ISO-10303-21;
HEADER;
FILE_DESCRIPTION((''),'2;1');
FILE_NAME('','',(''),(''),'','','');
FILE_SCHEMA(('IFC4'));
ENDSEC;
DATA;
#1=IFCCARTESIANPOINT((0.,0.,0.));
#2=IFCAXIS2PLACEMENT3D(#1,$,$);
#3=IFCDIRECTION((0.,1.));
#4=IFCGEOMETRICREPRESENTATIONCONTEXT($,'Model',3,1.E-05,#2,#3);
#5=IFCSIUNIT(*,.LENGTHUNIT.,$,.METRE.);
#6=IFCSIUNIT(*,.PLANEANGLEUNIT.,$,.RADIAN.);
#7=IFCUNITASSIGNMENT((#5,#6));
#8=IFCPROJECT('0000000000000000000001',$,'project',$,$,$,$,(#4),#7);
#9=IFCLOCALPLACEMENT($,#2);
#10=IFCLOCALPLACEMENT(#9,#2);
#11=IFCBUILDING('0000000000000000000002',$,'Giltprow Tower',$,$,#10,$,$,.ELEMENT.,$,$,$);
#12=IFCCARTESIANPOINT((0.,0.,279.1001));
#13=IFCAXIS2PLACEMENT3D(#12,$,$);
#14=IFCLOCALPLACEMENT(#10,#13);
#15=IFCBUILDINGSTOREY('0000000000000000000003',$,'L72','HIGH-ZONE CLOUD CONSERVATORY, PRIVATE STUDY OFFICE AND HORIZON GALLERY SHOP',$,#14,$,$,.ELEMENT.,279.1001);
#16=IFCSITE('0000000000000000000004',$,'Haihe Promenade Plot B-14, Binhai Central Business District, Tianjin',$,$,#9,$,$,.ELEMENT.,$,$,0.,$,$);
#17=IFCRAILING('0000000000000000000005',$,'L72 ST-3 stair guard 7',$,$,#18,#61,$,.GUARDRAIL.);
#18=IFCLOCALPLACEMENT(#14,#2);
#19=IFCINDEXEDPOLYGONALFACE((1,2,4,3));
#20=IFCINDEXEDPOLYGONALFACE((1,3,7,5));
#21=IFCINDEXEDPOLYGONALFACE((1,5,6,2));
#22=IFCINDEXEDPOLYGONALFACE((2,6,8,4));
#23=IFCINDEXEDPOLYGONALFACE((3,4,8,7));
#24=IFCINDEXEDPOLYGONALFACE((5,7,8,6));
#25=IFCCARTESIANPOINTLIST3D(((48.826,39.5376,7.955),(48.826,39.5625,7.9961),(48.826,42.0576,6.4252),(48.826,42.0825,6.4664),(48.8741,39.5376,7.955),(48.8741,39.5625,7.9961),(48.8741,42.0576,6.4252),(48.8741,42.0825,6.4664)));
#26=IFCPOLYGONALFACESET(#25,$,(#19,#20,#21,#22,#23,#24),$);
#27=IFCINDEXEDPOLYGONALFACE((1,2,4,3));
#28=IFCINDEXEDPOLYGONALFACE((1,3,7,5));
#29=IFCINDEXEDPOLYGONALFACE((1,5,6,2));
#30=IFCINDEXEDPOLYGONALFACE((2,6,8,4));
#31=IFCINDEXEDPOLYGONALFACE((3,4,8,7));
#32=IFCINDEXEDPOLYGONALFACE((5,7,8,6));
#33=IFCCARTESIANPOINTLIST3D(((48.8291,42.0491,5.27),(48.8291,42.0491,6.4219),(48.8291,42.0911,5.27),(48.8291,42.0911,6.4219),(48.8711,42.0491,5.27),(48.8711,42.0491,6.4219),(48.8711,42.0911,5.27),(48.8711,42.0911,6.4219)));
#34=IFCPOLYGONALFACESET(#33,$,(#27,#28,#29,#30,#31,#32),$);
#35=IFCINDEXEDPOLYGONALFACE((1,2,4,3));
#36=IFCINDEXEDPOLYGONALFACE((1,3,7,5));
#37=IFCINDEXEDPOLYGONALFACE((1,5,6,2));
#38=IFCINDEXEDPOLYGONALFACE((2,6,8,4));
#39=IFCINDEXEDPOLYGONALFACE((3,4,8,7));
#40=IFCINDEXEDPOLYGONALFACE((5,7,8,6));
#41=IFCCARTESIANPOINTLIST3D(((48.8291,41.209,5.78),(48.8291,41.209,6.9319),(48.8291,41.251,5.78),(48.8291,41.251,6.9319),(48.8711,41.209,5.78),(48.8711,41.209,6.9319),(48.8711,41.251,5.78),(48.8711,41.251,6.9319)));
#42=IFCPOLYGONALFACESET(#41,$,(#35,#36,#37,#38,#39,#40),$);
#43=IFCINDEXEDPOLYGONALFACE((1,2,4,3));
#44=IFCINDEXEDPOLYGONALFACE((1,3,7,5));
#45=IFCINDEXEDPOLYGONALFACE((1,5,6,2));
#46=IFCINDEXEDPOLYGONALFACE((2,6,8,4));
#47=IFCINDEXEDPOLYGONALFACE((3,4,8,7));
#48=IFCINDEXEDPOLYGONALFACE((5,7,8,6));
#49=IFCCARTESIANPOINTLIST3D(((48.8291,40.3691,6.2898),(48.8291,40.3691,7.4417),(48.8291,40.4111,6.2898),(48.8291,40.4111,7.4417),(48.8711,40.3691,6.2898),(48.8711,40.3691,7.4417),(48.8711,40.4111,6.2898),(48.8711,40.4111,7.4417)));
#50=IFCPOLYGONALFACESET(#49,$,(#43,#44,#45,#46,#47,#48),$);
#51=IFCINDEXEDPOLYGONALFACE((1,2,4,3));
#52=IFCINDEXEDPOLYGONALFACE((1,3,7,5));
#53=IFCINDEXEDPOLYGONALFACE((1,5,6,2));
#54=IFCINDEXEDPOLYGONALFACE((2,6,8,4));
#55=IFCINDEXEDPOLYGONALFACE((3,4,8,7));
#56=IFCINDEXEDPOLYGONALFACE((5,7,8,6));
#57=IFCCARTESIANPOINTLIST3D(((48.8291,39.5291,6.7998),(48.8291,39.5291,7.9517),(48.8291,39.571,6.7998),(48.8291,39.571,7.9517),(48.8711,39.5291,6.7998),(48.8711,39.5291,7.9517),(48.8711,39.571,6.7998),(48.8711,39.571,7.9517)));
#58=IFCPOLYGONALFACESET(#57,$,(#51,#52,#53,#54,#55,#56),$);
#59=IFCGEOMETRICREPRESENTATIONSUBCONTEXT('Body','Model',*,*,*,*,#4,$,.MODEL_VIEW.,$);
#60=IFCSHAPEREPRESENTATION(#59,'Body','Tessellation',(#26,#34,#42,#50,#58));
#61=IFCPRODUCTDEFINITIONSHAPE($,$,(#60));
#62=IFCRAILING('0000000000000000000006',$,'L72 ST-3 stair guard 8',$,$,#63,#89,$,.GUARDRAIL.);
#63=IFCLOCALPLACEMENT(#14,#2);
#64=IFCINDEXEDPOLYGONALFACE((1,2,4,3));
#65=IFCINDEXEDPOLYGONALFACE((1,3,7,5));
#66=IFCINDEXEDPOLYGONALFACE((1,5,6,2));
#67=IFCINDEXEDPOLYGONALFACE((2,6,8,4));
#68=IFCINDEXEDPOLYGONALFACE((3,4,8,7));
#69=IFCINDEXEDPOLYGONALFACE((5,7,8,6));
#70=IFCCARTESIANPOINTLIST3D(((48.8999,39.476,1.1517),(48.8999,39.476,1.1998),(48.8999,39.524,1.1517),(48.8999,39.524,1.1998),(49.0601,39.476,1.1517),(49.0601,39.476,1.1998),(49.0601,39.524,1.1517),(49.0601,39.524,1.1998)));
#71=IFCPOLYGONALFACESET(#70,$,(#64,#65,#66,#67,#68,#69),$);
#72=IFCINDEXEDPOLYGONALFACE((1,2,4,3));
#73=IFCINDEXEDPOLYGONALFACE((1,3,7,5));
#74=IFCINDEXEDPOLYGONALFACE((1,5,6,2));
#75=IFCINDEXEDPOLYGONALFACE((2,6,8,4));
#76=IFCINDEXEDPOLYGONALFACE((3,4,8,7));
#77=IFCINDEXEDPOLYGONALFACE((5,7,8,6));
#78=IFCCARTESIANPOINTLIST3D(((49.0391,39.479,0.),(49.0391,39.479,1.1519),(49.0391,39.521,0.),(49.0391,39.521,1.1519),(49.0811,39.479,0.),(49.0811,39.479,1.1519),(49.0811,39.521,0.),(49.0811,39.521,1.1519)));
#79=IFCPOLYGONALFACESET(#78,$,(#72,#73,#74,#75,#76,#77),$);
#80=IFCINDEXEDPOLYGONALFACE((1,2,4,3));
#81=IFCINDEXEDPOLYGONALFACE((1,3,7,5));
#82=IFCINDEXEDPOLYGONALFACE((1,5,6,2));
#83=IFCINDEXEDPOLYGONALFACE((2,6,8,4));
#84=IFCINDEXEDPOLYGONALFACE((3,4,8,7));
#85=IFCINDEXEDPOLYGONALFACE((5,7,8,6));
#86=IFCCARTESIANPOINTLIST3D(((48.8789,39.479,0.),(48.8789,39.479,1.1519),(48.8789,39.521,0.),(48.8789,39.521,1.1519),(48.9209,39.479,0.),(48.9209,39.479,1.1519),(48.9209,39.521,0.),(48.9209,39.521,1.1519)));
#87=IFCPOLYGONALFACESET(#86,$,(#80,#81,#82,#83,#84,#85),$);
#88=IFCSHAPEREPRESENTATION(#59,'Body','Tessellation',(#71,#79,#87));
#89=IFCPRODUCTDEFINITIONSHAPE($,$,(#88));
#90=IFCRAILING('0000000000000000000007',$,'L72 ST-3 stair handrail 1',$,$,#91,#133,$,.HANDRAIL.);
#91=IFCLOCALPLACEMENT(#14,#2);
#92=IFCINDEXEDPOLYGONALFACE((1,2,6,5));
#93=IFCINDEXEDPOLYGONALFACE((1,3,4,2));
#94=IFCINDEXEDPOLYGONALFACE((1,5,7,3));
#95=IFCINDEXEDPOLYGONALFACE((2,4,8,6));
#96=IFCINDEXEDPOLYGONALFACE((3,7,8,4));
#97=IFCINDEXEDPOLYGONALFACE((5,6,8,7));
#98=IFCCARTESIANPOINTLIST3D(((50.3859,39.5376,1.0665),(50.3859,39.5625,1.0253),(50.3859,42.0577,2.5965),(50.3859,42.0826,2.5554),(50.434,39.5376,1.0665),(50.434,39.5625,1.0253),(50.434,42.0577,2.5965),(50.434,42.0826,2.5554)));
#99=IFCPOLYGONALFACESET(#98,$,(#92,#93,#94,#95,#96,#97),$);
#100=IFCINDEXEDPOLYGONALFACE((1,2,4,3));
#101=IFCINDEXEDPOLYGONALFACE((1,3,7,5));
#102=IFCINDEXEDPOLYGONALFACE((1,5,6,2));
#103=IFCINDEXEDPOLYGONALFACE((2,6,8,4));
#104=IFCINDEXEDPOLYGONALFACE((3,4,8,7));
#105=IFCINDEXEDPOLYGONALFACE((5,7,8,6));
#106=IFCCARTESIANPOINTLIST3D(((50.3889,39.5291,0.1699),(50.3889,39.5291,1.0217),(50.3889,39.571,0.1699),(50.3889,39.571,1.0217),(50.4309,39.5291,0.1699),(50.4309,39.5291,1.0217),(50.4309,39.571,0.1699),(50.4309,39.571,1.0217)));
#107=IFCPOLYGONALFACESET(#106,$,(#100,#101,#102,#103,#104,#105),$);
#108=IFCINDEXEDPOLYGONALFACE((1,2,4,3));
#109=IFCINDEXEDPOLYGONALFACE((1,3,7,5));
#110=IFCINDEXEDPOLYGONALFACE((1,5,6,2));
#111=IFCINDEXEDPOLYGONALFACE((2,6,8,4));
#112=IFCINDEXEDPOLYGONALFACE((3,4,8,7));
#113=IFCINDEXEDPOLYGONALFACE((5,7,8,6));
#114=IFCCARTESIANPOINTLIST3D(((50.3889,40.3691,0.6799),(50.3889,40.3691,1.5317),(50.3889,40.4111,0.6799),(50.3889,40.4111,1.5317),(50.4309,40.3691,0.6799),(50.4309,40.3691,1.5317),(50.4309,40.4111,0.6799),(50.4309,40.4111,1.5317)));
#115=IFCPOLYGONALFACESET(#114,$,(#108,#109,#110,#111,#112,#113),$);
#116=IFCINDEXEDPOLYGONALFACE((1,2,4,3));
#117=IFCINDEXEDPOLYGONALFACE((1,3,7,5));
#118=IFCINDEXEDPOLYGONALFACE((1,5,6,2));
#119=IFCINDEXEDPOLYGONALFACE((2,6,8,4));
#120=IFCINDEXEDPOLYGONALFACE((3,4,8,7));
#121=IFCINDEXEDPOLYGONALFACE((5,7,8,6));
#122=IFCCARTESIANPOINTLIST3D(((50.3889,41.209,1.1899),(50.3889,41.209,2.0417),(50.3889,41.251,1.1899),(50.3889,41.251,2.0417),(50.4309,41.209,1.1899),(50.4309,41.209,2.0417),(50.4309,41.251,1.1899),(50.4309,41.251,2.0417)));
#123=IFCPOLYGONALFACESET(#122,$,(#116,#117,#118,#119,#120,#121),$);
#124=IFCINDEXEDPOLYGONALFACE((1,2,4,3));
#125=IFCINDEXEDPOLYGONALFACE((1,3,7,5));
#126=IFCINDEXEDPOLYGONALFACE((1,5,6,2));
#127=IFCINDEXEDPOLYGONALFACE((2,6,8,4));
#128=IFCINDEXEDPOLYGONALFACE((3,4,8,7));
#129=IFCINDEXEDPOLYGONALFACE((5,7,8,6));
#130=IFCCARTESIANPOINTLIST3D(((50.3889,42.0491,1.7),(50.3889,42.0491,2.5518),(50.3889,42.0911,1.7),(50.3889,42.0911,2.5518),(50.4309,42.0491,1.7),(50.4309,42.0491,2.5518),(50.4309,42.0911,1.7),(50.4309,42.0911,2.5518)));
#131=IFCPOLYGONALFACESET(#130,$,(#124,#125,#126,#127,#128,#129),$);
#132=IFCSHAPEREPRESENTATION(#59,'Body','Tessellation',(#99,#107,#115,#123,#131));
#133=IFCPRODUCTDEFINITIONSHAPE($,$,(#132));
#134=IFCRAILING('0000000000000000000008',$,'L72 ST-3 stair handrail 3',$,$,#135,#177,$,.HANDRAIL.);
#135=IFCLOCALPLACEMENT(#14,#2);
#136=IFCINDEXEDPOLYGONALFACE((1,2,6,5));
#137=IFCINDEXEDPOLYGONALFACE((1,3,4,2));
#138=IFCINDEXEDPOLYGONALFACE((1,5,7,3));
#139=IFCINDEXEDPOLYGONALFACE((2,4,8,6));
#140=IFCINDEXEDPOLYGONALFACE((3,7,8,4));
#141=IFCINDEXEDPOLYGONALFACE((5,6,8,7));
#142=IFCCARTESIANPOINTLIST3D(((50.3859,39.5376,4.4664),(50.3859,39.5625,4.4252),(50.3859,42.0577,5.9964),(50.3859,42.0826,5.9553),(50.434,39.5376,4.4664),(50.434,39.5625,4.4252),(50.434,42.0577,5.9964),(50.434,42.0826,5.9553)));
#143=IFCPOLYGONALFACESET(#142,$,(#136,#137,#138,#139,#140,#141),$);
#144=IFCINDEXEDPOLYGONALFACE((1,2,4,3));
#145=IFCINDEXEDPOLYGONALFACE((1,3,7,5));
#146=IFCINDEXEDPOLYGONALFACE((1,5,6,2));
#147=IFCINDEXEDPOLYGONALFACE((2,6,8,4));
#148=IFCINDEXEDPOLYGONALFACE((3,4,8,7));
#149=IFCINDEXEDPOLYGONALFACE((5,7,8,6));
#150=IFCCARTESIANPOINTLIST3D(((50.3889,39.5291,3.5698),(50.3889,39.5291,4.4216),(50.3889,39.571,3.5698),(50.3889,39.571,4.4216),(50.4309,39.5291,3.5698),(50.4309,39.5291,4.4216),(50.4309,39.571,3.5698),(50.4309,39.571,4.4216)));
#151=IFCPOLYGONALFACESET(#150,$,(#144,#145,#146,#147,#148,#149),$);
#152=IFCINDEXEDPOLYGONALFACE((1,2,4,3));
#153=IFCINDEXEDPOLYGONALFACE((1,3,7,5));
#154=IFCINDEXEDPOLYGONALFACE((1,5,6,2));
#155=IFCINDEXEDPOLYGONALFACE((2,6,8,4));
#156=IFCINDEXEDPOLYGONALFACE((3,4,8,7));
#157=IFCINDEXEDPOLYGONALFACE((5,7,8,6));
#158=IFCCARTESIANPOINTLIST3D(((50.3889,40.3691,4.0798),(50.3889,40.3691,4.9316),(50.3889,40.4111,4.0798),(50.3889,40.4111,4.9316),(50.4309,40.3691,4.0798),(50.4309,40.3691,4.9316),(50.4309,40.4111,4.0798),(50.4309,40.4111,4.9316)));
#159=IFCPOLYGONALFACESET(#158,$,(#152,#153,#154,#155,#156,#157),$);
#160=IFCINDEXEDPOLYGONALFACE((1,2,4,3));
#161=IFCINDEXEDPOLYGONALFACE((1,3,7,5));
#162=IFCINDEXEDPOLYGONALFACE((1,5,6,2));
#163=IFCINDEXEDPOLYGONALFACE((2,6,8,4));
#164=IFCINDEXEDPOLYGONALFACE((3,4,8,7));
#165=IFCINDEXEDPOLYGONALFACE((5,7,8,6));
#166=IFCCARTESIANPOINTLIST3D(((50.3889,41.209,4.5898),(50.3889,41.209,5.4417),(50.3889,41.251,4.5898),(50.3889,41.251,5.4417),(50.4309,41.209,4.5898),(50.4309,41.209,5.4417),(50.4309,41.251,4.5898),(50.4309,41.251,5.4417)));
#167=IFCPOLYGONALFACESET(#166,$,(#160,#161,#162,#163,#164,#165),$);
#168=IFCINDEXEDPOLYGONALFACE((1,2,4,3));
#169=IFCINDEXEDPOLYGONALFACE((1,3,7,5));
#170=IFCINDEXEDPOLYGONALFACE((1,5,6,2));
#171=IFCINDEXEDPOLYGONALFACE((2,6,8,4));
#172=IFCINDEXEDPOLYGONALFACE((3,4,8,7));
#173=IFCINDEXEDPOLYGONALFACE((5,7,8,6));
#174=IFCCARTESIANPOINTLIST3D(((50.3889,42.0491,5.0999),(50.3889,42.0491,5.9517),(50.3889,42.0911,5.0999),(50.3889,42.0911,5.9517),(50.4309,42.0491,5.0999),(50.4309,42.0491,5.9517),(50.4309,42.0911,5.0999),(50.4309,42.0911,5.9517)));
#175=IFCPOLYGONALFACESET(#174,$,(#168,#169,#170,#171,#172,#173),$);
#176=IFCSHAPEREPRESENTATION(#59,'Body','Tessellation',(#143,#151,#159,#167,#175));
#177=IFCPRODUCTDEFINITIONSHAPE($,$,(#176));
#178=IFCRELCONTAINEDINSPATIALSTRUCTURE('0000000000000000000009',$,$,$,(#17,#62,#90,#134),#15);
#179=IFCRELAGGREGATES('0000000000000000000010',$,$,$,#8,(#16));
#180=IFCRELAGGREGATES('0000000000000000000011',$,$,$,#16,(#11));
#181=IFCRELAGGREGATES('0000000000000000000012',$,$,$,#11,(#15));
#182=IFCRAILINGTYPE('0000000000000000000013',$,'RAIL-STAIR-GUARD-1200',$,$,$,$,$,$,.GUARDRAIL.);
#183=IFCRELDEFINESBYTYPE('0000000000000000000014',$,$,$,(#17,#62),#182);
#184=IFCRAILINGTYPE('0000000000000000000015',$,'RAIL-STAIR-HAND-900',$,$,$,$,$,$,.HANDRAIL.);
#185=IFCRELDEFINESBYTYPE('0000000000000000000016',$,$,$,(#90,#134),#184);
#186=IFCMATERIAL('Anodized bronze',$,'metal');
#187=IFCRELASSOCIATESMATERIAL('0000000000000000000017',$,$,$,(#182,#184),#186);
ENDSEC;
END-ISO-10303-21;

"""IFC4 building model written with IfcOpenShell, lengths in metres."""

from ifc_helpers import new_model, si_unit, direction, frame, origin, origin_2d, place, context, subcontext, project, spatial, rectangle, extrude, material, type_object, element, save


model = new_model("IFC4")

# Units and contexts
model_context = context("Model", 3, precision=1e-05, world=origin(), true_north=direction((0.0, 1.0)))
body_context = subcontext(model_context, "Body", "Model", "MODEL_VIEW")
ifc_project = project(units=[si_unit("LENGTHUNIT", "METRE"), si_unit("PLANEANGLEUNIT", "RADIAN")], contexts=[model_context])

# Site, building, storey
site_placement = place(None, origin())
site = spatial("IfcSite", under=ifc_project, at=site_placement, Name="Haihe Promenade Plot B-14, Binhai Central Business District, Tianjin", CompositionType="ELEMENT", RefElevation=0.0)
building_placement = place(site_placement, origin())
building = spatial("IfcBuilding", under=site, at=building_placement, Name="Giltprow Tower", CompositionType="ELEMENT")
storey_placement = place(building_placement, frame((0.0, 0.0, 279.1001)))
storey = spatial("IfcBuildingStorey", under=building, at=storey_placement, Name="L72", Description="HIGH-ZONE CLOUD CONSERVATORY, PRIVATE STUDY OFFICE AND HORIZON GALLERY SHOP", CompositionType="ELEMENT", Elevation=279.1001)

# Railings
ifc_material_1 = material(Name="Anodized bronze", Category="metal")
railing_type_1 = type_object("IfcRailingType", Name="RAIL-STAIR-GUARD-1200", PredefinedType="GUARDRAIL", material=ifc_material_1)
railing_1_placement = place(storey_placement, frame((48.8501, 42.0701, 5.27)))
element("IfcRailing", 1, at=railing_1_placement, inside=storey, type_object=railing_type_1, Name="L72 ST-3 stair guard 7", PredefinedType="GUARDRAIL", context=body_context, shape_type="SweptSolid", body=[
    extrude(rectangle(XDim=0.0481, YDim=0.0481, at=origin_2d()), frame((0.0, 0.0, 1.1758), z_axis=(0.0, -0.854822, 0.518922), x_axis=(1.0, 0.0, 0.0)), (0.0, 0.0, 1.0), 2.948),
    extrude(rectangle(XDim=0.042, YDim=0.042, at=origin_2d()), origin(), (0.0, 0.0, 1.0), 1.1519),
    extrude(rectangle(XDim=0.042, YDim=0.042, at=origin_2d()), frame((0.0, -0.8401, 0.51)), (0.0, 0.0, 1.0), 1.1519),
    extrude(rectangle(XDim=0.042, YDim=0.042, at=origin_2d()), frame((0.0, -1.6799, 1.0198)), (0.0, 0.0, 1.0), 1.1519),
    extrude(rectangle(XDim=0.042, YDim=0.042, at=origin_2d()), frame((0.0, -2.52, 1.5298)), (0.0, 0.0, 1.0), 1.1519),
])
railing_2_placement = place(storey_placement, frame((49.0601, 39.5, 0.0)))
element("IfcRailing", 2, at=railing_2_placement, inside=storey, type_object=railing_type_1, Name="L72 ST-3 stair guard 8", PredefinedType="GUARDRAIL", context=body_context, shape_type="SweptSolid", body=[
    extrude(rectangle(XDim=0.0481, YDim=0.0481, at=origin_2d()), frame((0.0, 0.0, 1.1758), z_axis=(-1.0, 0.0, 0.0), x_axis=(0.0, -1.0, 0.0)), (0.0, 0.0, 1.0), 0.1602),
    extrude(rectangle(XDim=0.042, YDim=0.042, at=origin_2d()), origin(), (0.0, 0.0, 1.0), 1.1519),
    extrude(rectangle(XDim=0.042, YDim=0.042, at=origin_2d()), frame((-0.1602, 0.0, 0.0)), (0.0, 0.0, 1.0), 1.1519),
])
railing_type_2 = type_object("IfcRailingType", Name="RAIL-STAIR-HAND-900", PredefinedType="HANDRAIL", material=ifc_material_1)
for number, where, name in (
    (3, (50.4099, 39.55, 0.1699), "L72 ST-3 stair handrail 1"),
    (4, (50.4099, 39.55, 3.5698), "L72 ST-3 stair handrail 3"),
):
    element("IfcRailing", number, at=place(storey_placement, frame(where)), inside=storey, type_object=railing_type_2, Name=name, PredefinedType="HANDRAIL", context=body_context, shape_type="SweptSolid", body=[
        extrude(rectangle(XDim=0.0481, YDim=0.0481, at=origin_2d()), frame((0.0, 0.0, 0.876), z_axis=(0.0, 0.854785, 0.518982), x_axis=(-1.0, 0.0, 0.0)), (0.0, 0.0, 1.0), 2.9482),
        extrude(rectangle(XDim=0.042, YDim=0.042, at=origin_2d()), origin(), (0.0, 0.0, 1.0), 0.8518),
        extrude(rectangle(XDim=0.042, YDim=0.042, at=origin_2d()), frame((0.0, 0.8401, 0.51)), (0.0, 0.0, 1.0), 0.8518),
        extrude(rectangle(XDim=0.042, YDim=0.042, at=origin_2d()), frame((0.0, 1.6799, 1.02)), (0.0, 0.0, 1.0), 0.8518),
        extrude(rectangle(XDim=0.042, YDim=0.042, at=origin_2d()), frame((0.0, 2.52, 1.53)), (0.0, 0.0, 1.0), 0.8518),
    ])

save(model, "model.ifc")
